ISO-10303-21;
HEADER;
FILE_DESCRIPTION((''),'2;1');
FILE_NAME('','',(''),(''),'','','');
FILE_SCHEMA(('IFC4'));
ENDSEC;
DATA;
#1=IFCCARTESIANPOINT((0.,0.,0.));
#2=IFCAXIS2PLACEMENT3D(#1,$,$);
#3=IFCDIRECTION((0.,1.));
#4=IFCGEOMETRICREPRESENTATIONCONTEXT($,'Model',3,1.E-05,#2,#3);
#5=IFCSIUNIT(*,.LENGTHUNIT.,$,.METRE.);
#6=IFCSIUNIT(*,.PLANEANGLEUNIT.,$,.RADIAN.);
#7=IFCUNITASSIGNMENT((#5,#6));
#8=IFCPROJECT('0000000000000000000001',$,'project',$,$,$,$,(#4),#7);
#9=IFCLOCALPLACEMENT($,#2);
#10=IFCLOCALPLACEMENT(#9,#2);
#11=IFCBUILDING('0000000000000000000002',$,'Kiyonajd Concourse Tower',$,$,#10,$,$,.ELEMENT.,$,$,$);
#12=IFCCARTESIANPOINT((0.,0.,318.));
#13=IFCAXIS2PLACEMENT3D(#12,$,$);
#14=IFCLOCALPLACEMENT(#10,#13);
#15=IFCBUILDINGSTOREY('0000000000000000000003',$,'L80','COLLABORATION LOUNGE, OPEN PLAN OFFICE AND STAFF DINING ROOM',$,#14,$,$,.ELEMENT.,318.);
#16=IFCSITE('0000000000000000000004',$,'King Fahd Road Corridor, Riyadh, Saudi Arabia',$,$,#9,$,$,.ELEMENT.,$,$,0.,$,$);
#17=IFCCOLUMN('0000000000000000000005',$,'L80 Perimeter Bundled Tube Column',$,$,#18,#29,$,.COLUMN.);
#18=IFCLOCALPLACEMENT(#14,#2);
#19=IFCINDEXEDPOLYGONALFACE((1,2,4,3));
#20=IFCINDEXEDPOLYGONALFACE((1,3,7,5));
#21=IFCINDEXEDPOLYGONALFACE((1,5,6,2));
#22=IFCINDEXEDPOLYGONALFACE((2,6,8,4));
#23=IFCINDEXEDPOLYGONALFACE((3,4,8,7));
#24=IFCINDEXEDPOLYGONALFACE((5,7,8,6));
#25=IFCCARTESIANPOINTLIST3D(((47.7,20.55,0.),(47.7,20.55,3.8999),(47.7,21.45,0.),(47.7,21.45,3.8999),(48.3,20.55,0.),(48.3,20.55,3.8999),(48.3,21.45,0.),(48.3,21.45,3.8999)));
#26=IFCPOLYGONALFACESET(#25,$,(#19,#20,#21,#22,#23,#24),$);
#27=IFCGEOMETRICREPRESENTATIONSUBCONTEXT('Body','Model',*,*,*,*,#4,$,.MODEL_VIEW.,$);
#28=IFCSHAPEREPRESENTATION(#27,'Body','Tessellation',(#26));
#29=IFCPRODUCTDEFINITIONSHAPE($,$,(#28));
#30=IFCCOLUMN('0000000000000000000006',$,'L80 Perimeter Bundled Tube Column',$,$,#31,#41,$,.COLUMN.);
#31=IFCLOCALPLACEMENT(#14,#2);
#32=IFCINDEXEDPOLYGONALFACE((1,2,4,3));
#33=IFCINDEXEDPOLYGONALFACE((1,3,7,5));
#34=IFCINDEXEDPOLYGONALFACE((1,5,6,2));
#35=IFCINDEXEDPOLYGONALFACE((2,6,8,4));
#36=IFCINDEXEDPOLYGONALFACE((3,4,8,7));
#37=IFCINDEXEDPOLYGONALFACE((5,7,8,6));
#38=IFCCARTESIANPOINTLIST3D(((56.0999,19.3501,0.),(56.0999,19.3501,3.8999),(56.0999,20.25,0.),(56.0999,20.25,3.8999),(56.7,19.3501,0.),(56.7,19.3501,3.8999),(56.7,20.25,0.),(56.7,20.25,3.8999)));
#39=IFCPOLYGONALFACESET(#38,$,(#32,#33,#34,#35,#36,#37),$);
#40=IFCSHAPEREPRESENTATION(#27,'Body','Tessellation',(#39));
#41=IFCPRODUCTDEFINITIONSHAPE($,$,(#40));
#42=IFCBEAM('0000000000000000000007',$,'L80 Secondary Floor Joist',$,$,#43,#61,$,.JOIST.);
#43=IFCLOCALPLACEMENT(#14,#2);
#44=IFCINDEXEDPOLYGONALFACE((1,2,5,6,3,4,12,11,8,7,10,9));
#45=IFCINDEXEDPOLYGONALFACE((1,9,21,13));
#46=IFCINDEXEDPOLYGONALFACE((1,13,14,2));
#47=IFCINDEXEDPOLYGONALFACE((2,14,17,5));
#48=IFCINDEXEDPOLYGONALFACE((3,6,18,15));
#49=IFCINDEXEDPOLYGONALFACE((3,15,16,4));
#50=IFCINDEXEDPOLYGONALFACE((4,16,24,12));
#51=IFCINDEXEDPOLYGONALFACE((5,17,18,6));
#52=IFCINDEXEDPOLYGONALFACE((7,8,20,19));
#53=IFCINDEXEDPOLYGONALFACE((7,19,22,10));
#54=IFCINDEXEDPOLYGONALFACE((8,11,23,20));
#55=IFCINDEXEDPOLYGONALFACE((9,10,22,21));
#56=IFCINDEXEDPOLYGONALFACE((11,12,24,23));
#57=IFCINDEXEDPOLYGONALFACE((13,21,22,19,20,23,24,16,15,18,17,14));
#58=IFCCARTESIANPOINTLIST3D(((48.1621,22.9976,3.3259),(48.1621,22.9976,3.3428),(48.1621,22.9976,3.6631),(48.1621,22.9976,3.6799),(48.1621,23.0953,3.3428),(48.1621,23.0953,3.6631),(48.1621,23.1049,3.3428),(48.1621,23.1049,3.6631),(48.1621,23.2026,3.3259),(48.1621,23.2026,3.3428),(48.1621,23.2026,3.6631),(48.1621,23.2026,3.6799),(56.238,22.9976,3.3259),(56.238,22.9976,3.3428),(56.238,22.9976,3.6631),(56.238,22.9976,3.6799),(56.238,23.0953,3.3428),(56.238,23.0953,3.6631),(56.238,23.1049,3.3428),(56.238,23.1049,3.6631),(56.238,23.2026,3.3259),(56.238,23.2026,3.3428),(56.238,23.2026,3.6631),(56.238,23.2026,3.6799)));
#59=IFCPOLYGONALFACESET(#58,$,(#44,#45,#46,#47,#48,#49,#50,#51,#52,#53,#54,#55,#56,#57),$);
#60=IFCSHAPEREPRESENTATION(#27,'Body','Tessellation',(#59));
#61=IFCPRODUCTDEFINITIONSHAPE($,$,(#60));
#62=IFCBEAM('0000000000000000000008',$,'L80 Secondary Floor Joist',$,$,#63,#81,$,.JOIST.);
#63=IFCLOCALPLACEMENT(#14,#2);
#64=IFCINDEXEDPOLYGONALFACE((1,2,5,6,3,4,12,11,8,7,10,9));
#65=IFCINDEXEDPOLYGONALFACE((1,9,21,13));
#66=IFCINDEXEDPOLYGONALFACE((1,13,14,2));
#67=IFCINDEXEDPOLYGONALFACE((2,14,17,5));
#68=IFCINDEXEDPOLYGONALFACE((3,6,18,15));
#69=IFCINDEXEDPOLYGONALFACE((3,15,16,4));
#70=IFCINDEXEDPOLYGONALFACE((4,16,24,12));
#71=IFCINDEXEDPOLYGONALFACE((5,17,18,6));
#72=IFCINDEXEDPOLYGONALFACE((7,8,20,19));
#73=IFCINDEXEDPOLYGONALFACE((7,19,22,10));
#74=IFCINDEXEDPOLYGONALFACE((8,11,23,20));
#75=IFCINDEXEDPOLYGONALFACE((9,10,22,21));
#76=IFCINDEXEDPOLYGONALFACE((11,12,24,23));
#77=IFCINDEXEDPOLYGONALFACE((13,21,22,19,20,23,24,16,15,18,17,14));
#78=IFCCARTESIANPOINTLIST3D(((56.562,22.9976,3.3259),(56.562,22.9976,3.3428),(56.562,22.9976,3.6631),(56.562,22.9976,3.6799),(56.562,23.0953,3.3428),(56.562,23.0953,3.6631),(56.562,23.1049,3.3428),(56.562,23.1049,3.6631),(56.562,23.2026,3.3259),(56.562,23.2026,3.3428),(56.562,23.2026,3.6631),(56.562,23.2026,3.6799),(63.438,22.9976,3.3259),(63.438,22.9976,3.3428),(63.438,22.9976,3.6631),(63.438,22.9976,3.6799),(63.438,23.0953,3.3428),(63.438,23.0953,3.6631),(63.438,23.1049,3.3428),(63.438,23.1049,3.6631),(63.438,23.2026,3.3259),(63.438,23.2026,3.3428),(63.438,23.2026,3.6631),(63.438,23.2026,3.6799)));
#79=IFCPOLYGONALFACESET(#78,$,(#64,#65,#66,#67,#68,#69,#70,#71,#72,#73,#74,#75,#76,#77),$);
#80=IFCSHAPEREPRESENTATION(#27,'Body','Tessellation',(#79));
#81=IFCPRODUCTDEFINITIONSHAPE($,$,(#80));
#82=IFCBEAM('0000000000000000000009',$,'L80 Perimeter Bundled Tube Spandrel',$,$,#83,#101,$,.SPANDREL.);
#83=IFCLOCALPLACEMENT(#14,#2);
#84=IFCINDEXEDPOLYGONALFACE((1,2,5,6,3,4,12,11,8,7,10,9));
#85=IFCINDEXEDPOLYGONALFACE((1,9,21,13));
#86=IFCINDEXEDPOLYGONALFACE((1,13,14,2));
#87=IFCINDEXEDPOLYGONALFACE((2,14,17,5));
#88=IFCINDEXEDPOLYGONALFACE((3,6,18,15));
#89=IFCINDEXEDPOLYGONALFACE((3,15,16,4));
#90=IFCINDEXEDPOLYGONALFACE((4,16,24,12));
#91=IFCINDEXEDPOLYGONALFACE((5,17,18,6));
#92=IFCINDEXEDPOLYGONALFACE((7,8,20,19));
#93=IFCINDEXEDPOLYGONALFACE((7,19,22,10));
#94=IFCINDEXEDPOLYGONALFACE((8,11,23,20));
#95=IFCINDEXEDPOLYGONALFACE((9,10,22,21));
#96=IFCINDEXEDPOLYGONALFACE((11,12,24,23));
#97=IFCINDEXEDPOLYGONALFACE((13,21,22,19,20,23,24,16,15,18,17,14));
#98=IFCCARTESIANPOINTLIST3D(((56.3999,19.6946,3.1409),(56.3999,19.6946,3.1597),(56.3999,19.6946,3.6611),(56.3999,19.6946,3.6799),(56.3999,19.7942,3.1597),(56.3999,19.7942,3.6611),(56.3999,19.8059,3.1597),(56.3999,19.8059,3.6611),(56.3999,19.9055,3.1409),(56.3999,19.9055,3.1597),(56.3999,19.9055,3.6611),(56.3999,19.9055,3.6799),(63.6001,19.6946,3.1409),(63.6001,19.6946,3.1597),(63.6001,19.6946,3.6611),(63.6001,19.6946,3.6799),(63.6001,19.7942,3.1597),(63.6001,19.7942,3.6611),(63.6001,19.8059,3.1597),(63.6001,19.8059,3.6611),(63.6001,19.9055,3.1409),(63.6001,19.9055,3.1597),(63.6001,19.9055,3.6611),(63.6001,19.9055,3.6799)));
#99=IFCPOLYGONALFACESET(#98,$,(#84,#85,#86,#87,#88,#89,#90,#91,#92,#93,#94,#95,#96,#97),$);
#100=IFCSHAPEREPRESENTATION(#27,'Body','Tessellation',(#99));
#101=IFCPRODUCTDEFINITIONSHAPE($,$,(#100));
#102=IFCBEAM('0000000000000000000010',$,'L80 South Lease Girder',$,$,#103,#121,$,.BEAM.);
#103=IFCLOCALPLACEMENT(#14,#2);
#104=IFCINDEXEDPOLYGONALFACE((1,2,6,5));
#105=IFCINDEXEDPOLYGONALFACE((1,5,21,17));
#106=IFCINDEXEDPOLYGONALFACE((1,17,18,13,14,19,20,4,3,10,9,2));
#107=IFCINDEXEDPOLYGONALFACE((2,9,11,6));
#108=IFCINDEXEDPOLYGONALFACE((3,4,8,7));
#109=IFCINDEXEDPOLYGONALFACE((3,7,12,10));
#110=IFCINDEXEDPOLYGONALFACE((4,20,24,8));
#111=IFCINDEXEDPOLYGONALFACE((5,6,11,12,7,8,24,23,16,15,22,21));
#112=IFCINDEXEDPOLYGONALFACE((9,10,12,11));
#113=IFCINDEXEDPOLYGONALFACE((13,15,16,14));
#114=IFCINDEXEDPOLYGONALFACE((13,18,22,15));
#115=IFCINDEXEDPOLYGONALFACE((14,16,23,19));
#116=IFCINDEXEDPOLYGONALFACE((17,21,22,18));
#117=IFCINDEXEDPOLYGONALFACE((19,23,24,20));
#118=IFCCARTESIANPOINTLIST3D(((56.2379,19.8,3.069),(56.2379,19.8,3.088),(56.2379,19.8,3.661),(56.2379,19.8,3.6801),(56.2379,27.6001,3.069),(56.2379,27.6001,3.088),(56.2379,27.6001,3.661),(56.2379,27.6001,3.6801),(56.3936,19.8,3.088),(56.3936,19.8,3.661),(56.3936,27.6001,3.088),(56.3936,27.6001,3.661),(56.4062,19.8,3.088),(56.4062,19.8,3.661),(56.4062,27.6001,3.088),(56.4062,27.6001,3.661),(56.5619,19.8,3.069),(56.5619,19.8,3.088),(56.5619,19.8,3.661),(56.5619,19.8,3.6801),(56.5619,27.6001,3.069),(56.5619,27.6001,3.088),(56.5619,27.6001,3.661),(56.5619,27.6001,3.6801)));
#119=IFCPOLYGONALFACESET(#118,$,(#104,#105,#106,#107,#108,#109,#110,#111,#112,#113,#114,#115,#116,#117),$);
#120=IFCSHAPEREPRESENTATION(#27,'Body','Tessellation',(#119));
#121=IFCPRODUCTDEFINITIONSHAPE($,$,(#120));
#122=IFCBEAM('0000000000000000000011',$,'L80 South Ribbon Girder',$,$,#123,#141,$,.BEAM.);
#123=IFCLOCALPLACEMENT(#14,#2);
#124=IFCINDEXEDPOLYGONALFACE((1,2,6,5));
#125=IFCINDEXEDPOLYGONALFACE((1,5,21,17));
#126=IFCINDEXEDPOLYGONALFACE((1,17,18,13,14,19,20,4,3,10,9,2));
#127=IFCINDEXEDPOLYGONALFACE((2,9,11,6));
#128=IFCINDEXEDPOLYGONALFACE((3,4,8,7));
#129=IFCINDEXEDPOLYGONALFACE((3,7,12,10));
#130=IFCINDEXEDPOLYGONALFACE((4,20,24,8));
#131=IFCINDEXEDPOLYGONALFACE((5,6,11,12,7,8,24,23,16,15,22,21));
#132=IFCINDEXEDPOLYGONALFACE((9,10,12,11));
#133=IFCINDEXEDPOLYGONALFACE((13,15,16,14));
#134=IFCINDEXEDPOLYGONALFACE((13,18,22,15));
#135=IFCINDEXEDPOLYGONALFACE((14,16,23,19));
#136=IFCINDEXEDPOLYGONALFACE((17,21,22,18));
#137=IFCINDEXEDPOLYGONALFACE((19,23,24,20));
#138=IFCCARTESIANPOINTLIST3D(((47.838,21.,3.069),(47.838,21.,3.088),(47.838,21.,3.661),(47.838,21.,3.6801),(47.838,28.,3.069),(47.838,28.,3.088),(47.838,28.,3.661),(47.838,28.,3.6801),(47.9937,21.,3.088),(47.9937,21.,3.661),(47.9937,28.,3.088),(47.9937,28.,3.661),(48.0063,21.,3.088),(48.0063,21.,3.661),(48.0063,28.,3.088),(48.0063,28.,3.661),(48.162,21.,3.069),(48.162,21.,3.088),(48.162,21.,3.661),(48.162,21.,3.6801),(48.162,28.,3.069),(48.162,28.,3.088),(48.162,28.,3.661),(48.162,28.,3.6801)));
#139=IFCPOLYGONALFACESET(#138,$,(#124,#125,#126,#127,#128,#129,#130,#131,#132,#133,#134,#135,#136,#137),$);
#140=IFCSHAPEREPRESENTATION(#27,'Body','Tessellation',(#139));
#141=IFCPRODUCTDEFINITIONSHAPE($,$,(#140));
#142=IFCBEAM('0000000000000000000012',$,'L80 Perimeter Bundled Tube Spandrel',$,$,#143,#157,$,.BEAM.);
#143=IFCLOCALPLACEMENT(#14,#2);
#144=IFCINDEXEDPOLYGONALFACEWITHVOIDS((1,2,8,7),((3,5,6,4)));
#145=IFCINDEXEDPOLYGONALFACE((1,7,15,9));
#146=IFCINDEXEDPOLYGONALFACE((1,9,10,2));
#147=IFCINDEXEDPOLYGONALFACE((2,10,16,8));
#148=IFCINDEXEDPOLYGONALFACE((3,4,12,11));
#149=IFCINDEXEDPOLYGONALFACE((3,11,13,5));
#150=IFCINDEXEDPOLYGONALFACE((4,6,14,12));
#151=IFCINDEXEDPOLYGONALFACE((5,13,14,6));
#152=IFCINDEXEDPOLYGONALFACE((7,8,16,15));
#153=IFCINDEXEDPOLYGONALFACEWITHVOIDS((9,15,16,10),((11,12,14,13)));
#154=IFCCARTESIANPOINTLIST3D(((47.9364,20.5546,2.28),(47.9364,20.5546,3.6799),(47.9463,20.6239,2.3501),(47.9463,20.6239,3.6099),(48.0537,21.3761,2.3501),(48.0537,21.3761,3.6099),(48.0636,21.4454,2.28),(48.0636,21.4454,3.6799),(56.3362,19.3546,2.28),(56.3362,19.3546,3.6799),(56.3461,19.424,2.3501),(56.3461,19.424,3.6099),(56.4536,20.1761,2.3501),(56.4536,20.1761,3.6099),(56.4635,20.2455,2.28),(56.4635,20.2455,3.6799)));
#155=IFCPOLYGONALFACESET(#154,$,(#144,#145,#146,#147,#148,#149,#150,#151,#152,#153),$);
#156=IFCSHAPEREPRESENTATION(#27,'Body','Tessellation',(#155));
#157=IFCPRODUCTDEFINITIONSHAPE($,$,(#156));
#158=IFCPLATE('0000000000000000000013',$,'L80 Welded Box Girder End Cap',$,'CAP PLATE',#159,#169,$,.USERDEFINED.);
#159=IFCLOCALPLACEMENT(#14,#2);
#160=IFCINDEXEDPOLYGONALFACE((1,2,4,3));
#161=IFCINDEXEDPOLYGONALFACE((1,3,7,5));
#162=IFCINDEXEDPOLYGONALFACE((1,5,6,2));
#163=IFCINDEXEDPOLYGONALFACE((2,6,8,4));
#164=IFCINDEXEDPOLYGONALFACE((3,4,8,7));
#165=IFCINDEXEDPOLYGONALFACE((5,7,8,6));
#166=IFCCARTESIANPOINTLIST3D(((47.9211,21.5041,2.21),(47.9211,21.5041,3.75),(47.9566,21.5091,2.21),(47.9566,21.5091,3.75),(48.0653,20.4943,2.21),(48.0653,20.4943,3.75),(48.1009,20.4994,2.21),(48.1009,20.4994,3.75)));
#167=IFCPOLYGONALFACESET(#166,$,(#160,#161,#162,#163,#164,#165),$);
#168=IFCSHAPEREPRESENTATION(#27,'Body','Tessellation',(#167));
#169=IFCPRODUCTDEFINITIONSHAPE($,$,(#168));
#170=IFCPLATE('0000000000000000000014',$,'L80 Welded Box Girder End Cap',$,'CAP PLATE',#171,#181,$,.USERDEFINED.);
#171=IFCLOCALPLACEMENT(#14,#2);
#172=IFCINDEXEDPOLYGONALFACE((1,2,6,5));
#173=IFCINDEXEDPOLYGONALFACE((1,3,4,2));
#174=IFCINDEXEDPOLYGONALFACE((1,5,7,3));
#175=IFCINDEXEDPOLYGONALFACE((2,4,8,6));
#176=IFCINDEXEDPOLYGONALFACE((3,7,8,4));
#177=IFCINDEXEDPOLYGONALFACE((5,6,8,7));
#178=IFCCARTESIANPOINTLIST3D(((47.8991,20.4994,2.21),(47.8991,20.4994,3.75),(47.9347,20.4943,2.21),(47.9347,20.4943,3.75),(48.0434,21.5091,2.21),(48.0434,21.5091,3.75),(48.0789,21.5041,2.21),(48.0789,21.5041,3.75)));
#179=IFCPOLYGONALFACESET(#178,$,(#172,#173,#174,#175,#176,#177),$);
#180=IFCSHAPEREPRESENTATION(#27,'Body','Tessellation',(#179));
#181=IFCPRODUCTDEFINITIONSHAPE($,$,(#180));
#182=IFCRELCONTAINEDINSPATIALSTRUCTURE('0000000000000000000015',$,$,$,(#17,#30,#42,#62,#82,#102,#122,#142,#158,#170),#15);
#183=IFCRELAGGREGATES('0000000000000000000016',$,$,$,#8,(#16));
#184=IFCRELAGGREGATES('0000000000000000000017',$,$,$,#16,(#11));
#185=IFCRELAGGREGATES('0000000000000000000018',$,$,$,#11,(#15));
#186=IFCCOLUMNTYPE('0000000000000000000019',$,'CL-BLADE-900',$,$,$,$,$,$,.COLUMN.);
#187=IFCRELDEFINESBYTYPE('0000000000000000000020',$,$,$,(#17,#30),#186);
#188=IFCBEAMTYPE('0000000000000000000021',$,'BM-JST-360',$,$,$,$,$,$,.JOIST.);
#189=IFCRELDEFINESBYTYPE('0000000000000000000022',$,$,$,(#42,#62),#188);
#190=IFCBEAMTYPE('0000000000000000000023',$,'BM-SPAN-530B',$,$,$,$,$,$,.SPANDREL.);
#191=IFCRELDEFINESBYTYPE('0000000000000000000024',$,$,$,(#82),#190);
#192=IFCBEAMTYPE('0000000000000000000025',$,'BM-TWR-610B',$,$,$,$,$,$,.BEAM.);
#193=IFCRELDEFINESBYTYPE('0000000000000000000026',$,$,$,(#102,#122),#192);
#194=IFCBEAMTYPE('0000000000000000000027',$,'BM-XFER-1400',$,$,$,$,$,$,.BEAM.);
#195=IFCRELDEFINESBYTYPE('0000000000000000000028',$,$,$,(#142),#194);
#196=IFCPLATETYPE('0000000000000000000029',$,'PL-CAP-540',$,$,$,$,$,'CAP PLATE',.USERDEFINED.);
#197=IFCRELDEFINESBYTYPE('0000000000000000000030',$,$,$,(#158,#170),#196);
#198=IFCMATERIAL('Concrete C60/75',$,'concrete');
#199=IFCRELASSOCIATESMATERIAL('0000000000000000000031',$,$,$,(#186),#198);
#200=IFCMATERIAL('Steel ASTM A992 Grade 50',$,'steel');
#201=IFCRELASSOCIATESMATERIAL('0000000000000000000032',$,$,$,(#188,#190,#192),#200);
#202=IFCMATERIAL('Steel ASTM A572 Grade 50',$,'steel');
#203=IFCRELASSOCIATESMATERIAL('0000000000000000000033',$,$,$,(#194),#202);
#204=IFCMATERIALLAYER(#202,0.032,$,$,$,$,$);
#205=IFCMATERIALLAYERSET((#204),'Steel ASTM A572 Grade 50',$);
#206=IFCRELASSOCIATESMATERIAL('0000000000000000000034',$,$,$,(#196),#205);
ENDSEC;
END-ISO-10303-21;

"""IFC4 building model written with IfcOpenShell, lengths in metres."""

from ifc_helpers import new_model, si_unit, direction, frame, origin, origin_2d, place, context, subcontext, project, spatial, rectangle, hollow_rectangle, i_section, extrude, material, layer, layer_set, material_profile, profile_set, type_object, element, save


model = new_model("IFC4")

# Units and contexts
model_context = context("Model", 3, precision=1e-05, world=origin(), true_north=direction((0.0, 1.0)))
body_context = subcontext(model_context, "Body", "Model", "MODEL_VIEW")
ifc_project = project(units=[si_unit("LENGTHUNIT", "METRE"), si_unit("PLANEANGLEUNIT", "RADIAN")], contexts=[model_context])

# Site, building, storey
site_placement = place(None, origin())
site = spatial("IfcSite", under=ifc_project, at=site_placement, Name="King Fahd Road Corridor, Riyadh, Saudi Arabia", CompositionType="ELEMENT", RefElevation=0.0)
building_placement = place(site_placement, origin())
building = spatial("IfcBuilding", under=site, at=building_placement, Name="Kiyonajd Concourse Tower", CompositionType="ELEMENT")
storey_placement = place(building_placement, frame((0.0, 0.0, 318.0)))
storey = spatial("IfcBuildingStorey", under=building, at=storey_placement, Name="L80", Description="COLLABORATION LOUNGE, OPEN PLAN OFFICE AND STAFF DINING ROOM", CompositionType="ELEMENT", Elevation=318.0)

# Columns
ifc_material_1 = material(Name="Concrete C60/75", Category="concrete")
ifc_material_profile_1 = material_profile(ifc_material_1, rectangle(XDim=0.6001, YDim=0.8999, at=origin_2d()), Name="RC-900x600")
ifc_profile_set_1 = profile_set([ifc_material_profile_1], Name="Concrete C60/75")
column_type = type_object("IfcColumnType", Name="CL-BLADE-900", PredefinedType="COLUMN", material=ifc_profile_set_1)
for number, where, z_axis, x_axis, name in (
    (1, (48.0, 21.0, 0.0), (0.0, 0.0, 1.0), (1.0, 0.0, 0.0), "L80 Perimeter Bundled Tube Column"),
    (2, (56.3999, 19.8, 0.0), (0.0, 0.0, 1.0), (1.0, 0.0, 0.0), "L80 Perimeter Bundled Tube Column"),
):
    element("IfcColumn", number, at=place(storey_placement, frame(where, z_axis=z_axis, x_axis=x_axis)), inside=storey, type_object=column_type, Name=name, PredefinedType="COLUMN", context=body_context, shape_type="SweptSolid", body=[
        extrude(rectangle(XDim=0.6001, YDim=0.8999, at=origin_2d()), origin(), (0.0, 0.0, 1.0), 3.8999),
    ])

# Beams
ifc_material_2 = material(Name="Steel ASTM A992 Grade 50", Category="steel")
ifc_material_profile_2 = material_profile(ifc_material_2, i_section(OverallWidth=0.2051, OverallDepth=0.354, WebThickness=0.0095, FlangeThickness=0.0168, at=origin_2d()), Name="W360X79")
ifc_profile_set_2 = profile_set([ifc_material_profile_2], Name="Steel ASTM A992 Grade 50")
beam_type_1 = type_object("IfcBeamType", Name="BM-JST-360", PredefinedType="JOIST", material=ifc_profile_set_2)
beam_1_placement = place(storey_placement, frame((48.1621, 23.1001, 3.5029), z_axis=(1.0, 0.0, 0.0), x_axis=(0.0, 1.0, 0.0)))
element("IfcBeam", 3, at=beam_1_placement, inside=storey, type_object=beam_type_1, Name="L80 Secondary Floor Joist", PredefinedType="JOIST", context=body_context, shape_type="SweptSolid", body=[
    extrude(i_section(OverallWidth=0.2051, OverallDepth=0.354, WebThickness=0.0095, FlangeThickness=0.0168, at=origin_2d()), origin(), (0.0, 0.0, 1.0), 8.0759),
])
beam_2_placement = place(storey_placement, frame((56.562, 23.1001, 3.5029), z_axis=(1.0, 0.0, 0.0), x_axis=(0.0, 1.0, 0.0)))
element("IfcBeam", 4, at=beam_2_placement, inside=storey, type_object=beam_type_1, Name="L80 Secondary Floor Joist", PredefinedType="JOIST", context=body_context, shape_type="SweptSolid", body=[
    extrude(i_section(OverallWidth=0.2051, OverallDepth=0.354, WebThickness=0.0095, FlangeThickness=0.0168, at=origin_2d()), origin(), (0.0, 0.0, 1.0), 6.876),
])
ifc_material_profile_3 = material_profile(ifc_material_2, i_section(OverallWidth=0.2109, OverallDepth=0.5391, WebThickness=0.0117, FlangeThickness=0.0188, at=origin_2d()), Name="W530X109")
ifc_profile_set_3 = profile_set([ifc_material_profile_3], Name="Steel ASTM A992 Grade 50")
beam_type_2 = type_object("IfcBeamType", Name="BM-SPAN-530B", PredefinedType="SPANDREL", material=ifc_profile_set_3)
beam_3_placement = place(storey_placement, frame((56.3999, 19.8, 3.4104), z_axis=(1.0, 0.0, 0.0), x_axis=(0.0, 1.0, 0.0)))
element("IfcBeam", 5, at=beam_3_placement, inside=storey, type_object=beam_type_2, Name="L80 Perimeter Bundled Tube Spandrel", PredefinedType="SPANDREL", context=body_context, shape_type="SweptSolid", body=[
    extrude(i_section(OverallWidth=0.2109, OverallDepth=0.5391, WebThickness=0.0117, FlangeThickness=0.0188, at=origin_2d()), origin(), (0.0, 0.0, 1.0), 7.2002),
])
ifc_material_profile_4 = material_profile(ifc_material_2, i_section(OverallWidth=0.324, OverallDepth=0.6111, WebThickness=0.0127, FlangeThickness=0.019, at=origin_2d()), Name="W610X155")
ifc_profile_set_4 = profile_set([ifc_material_profile_4], Name="Steel ASTM A992 Grade 50")
beam_type_3 = type_object("IfcBeamType", Name="BM-TWR-610B", PredefinedType="BEAM", material=ifc_profile_set_4)
beam_4_placement = place(storey_placement, frame((56.3999, 19.8, 3.3745), z_axis=(0.0, 1.0, 0.0), x_axis=(-1.0, 0.0, 0.0)))
element("IfcBeam", 6, at=beam_4_placement, inside=storey, type_object=beam_type_3, Name="L80 South Lease Girder", PredefinedType="BEAM", context=body_context, shape_type="SweptSolid", body=[
    extrude(i_section(OverallWidth=0.324, OverallDepth=0.6111, WebThickness=0.0127, FlangeThickness=0.019, at=origin_2d()), origin(), (0.0, 0.0, 1.0), 7.8),
])
beam_5_placement = place(storey_placement, frame((48.0, 21.0, 3.3745), z_axis=(0.0, 1.0, 0.0), x_axis=(-1.0, 0.0, 0.0)))
element("IfcBeam", 7, at=beam_5_placement, inside=storey, type_object=beam_type_3, Name="L80 South Ribbon Girder", PredefinedType="BEAM", context=body_context, shape_type="SweptSolid", body=[
    extrude(i_section(OverallWidth=0.324, OverallDepth=0.6111, WebThickness=0.0127, FlangeThickness=0.019, at=origin_2d()), origin(), (0.0, 0.0, 1.0), 7.0),
])
ifc_material_3 = material(Name="Steel ASTM A572 Grade 50", Category="steel")
ifc_material_profile_5 = material_profile(ifc_material_3, hollow_rectangle(XDim=0.8999, YDim=1.3999, WallThickness=0.0701, at=origin_2d()), Name="BOX-1400x900x70")
ifc_profile_set_5 = profile_set([ifc_material_profile_5], Name="Steel ASTM A572 Grade 50")
beam_type_4 = type_object("IfcBeamType", Name="BM-XFER-1400", PredefinedType="BEAM", material=ifc_profile_set_5)
beam_6_placement = place(storey_placement, frame((48.0, 21.0, 2.98), z_axis=(0.98995, -0.141417, 0.0), x_axis=(0.141417, 0.98995, 0.0)))
element("IfcBeam", 8, at=beam_6_placement, inside=storey, type_object=beam_type_4, Name="L80 Perimeter Bundled Tube Spandrel", PredefinedType="BEAM", context=body_context, shape_type="SweptSolid", body=[
    extrude(hollow_rectangle(XDim=0.8999, YDim=1.3999, WallThickness=0.0701, at=origin_2d()), origin(), (0.0, 0.0, 1.0), 8.4851),
])

# Plates
ifc_layer_1 = layer(ifc_material_3, 0.032)
ifc_layer_set_1 = layer_set([ifc_layer_1], Name="Steel ASTM A572 Grade 50")
plate_type_1 = type_object("IfcPlateType", Name="PL-CAP-540", ElementType="CAP PLATE", PredefinedType="USERDEFINED", material=ifc_layer_set_1)
for number, where, z_axis, x_axis, name in (
    (9, (48.011, 21.0017, 2.21), (0.0, 0.0, 1.0), (0.98995, 0.14142, 0.0), "L80 Welded Box Girder End Cap"),
    (10, (47.989, 21.0017, 2.21), (0.0, 0.0, 1.0), (-0.98995, 0.14142, 0.0), "L80 Welded Box Girder End Cap"),
):
    element("IfcPlate", number, at=place(storey_placement, frame(where, z_axis=z_axis, x_axis=x_axis)), inside=storey, type_object=plate_type_1, Name=name, ObjectType="CAP PLATE", PredefinedType="USERDEFINED", context=body_context, shape_type="SweptSolid", body=[
        extrude(rectangle(XDim=0.0359, YDim=1.02, at=origin_2d()), origin(), (0.0, 0.0, 1.0), 1.54),
    ])

save(model, "model.ifc")
